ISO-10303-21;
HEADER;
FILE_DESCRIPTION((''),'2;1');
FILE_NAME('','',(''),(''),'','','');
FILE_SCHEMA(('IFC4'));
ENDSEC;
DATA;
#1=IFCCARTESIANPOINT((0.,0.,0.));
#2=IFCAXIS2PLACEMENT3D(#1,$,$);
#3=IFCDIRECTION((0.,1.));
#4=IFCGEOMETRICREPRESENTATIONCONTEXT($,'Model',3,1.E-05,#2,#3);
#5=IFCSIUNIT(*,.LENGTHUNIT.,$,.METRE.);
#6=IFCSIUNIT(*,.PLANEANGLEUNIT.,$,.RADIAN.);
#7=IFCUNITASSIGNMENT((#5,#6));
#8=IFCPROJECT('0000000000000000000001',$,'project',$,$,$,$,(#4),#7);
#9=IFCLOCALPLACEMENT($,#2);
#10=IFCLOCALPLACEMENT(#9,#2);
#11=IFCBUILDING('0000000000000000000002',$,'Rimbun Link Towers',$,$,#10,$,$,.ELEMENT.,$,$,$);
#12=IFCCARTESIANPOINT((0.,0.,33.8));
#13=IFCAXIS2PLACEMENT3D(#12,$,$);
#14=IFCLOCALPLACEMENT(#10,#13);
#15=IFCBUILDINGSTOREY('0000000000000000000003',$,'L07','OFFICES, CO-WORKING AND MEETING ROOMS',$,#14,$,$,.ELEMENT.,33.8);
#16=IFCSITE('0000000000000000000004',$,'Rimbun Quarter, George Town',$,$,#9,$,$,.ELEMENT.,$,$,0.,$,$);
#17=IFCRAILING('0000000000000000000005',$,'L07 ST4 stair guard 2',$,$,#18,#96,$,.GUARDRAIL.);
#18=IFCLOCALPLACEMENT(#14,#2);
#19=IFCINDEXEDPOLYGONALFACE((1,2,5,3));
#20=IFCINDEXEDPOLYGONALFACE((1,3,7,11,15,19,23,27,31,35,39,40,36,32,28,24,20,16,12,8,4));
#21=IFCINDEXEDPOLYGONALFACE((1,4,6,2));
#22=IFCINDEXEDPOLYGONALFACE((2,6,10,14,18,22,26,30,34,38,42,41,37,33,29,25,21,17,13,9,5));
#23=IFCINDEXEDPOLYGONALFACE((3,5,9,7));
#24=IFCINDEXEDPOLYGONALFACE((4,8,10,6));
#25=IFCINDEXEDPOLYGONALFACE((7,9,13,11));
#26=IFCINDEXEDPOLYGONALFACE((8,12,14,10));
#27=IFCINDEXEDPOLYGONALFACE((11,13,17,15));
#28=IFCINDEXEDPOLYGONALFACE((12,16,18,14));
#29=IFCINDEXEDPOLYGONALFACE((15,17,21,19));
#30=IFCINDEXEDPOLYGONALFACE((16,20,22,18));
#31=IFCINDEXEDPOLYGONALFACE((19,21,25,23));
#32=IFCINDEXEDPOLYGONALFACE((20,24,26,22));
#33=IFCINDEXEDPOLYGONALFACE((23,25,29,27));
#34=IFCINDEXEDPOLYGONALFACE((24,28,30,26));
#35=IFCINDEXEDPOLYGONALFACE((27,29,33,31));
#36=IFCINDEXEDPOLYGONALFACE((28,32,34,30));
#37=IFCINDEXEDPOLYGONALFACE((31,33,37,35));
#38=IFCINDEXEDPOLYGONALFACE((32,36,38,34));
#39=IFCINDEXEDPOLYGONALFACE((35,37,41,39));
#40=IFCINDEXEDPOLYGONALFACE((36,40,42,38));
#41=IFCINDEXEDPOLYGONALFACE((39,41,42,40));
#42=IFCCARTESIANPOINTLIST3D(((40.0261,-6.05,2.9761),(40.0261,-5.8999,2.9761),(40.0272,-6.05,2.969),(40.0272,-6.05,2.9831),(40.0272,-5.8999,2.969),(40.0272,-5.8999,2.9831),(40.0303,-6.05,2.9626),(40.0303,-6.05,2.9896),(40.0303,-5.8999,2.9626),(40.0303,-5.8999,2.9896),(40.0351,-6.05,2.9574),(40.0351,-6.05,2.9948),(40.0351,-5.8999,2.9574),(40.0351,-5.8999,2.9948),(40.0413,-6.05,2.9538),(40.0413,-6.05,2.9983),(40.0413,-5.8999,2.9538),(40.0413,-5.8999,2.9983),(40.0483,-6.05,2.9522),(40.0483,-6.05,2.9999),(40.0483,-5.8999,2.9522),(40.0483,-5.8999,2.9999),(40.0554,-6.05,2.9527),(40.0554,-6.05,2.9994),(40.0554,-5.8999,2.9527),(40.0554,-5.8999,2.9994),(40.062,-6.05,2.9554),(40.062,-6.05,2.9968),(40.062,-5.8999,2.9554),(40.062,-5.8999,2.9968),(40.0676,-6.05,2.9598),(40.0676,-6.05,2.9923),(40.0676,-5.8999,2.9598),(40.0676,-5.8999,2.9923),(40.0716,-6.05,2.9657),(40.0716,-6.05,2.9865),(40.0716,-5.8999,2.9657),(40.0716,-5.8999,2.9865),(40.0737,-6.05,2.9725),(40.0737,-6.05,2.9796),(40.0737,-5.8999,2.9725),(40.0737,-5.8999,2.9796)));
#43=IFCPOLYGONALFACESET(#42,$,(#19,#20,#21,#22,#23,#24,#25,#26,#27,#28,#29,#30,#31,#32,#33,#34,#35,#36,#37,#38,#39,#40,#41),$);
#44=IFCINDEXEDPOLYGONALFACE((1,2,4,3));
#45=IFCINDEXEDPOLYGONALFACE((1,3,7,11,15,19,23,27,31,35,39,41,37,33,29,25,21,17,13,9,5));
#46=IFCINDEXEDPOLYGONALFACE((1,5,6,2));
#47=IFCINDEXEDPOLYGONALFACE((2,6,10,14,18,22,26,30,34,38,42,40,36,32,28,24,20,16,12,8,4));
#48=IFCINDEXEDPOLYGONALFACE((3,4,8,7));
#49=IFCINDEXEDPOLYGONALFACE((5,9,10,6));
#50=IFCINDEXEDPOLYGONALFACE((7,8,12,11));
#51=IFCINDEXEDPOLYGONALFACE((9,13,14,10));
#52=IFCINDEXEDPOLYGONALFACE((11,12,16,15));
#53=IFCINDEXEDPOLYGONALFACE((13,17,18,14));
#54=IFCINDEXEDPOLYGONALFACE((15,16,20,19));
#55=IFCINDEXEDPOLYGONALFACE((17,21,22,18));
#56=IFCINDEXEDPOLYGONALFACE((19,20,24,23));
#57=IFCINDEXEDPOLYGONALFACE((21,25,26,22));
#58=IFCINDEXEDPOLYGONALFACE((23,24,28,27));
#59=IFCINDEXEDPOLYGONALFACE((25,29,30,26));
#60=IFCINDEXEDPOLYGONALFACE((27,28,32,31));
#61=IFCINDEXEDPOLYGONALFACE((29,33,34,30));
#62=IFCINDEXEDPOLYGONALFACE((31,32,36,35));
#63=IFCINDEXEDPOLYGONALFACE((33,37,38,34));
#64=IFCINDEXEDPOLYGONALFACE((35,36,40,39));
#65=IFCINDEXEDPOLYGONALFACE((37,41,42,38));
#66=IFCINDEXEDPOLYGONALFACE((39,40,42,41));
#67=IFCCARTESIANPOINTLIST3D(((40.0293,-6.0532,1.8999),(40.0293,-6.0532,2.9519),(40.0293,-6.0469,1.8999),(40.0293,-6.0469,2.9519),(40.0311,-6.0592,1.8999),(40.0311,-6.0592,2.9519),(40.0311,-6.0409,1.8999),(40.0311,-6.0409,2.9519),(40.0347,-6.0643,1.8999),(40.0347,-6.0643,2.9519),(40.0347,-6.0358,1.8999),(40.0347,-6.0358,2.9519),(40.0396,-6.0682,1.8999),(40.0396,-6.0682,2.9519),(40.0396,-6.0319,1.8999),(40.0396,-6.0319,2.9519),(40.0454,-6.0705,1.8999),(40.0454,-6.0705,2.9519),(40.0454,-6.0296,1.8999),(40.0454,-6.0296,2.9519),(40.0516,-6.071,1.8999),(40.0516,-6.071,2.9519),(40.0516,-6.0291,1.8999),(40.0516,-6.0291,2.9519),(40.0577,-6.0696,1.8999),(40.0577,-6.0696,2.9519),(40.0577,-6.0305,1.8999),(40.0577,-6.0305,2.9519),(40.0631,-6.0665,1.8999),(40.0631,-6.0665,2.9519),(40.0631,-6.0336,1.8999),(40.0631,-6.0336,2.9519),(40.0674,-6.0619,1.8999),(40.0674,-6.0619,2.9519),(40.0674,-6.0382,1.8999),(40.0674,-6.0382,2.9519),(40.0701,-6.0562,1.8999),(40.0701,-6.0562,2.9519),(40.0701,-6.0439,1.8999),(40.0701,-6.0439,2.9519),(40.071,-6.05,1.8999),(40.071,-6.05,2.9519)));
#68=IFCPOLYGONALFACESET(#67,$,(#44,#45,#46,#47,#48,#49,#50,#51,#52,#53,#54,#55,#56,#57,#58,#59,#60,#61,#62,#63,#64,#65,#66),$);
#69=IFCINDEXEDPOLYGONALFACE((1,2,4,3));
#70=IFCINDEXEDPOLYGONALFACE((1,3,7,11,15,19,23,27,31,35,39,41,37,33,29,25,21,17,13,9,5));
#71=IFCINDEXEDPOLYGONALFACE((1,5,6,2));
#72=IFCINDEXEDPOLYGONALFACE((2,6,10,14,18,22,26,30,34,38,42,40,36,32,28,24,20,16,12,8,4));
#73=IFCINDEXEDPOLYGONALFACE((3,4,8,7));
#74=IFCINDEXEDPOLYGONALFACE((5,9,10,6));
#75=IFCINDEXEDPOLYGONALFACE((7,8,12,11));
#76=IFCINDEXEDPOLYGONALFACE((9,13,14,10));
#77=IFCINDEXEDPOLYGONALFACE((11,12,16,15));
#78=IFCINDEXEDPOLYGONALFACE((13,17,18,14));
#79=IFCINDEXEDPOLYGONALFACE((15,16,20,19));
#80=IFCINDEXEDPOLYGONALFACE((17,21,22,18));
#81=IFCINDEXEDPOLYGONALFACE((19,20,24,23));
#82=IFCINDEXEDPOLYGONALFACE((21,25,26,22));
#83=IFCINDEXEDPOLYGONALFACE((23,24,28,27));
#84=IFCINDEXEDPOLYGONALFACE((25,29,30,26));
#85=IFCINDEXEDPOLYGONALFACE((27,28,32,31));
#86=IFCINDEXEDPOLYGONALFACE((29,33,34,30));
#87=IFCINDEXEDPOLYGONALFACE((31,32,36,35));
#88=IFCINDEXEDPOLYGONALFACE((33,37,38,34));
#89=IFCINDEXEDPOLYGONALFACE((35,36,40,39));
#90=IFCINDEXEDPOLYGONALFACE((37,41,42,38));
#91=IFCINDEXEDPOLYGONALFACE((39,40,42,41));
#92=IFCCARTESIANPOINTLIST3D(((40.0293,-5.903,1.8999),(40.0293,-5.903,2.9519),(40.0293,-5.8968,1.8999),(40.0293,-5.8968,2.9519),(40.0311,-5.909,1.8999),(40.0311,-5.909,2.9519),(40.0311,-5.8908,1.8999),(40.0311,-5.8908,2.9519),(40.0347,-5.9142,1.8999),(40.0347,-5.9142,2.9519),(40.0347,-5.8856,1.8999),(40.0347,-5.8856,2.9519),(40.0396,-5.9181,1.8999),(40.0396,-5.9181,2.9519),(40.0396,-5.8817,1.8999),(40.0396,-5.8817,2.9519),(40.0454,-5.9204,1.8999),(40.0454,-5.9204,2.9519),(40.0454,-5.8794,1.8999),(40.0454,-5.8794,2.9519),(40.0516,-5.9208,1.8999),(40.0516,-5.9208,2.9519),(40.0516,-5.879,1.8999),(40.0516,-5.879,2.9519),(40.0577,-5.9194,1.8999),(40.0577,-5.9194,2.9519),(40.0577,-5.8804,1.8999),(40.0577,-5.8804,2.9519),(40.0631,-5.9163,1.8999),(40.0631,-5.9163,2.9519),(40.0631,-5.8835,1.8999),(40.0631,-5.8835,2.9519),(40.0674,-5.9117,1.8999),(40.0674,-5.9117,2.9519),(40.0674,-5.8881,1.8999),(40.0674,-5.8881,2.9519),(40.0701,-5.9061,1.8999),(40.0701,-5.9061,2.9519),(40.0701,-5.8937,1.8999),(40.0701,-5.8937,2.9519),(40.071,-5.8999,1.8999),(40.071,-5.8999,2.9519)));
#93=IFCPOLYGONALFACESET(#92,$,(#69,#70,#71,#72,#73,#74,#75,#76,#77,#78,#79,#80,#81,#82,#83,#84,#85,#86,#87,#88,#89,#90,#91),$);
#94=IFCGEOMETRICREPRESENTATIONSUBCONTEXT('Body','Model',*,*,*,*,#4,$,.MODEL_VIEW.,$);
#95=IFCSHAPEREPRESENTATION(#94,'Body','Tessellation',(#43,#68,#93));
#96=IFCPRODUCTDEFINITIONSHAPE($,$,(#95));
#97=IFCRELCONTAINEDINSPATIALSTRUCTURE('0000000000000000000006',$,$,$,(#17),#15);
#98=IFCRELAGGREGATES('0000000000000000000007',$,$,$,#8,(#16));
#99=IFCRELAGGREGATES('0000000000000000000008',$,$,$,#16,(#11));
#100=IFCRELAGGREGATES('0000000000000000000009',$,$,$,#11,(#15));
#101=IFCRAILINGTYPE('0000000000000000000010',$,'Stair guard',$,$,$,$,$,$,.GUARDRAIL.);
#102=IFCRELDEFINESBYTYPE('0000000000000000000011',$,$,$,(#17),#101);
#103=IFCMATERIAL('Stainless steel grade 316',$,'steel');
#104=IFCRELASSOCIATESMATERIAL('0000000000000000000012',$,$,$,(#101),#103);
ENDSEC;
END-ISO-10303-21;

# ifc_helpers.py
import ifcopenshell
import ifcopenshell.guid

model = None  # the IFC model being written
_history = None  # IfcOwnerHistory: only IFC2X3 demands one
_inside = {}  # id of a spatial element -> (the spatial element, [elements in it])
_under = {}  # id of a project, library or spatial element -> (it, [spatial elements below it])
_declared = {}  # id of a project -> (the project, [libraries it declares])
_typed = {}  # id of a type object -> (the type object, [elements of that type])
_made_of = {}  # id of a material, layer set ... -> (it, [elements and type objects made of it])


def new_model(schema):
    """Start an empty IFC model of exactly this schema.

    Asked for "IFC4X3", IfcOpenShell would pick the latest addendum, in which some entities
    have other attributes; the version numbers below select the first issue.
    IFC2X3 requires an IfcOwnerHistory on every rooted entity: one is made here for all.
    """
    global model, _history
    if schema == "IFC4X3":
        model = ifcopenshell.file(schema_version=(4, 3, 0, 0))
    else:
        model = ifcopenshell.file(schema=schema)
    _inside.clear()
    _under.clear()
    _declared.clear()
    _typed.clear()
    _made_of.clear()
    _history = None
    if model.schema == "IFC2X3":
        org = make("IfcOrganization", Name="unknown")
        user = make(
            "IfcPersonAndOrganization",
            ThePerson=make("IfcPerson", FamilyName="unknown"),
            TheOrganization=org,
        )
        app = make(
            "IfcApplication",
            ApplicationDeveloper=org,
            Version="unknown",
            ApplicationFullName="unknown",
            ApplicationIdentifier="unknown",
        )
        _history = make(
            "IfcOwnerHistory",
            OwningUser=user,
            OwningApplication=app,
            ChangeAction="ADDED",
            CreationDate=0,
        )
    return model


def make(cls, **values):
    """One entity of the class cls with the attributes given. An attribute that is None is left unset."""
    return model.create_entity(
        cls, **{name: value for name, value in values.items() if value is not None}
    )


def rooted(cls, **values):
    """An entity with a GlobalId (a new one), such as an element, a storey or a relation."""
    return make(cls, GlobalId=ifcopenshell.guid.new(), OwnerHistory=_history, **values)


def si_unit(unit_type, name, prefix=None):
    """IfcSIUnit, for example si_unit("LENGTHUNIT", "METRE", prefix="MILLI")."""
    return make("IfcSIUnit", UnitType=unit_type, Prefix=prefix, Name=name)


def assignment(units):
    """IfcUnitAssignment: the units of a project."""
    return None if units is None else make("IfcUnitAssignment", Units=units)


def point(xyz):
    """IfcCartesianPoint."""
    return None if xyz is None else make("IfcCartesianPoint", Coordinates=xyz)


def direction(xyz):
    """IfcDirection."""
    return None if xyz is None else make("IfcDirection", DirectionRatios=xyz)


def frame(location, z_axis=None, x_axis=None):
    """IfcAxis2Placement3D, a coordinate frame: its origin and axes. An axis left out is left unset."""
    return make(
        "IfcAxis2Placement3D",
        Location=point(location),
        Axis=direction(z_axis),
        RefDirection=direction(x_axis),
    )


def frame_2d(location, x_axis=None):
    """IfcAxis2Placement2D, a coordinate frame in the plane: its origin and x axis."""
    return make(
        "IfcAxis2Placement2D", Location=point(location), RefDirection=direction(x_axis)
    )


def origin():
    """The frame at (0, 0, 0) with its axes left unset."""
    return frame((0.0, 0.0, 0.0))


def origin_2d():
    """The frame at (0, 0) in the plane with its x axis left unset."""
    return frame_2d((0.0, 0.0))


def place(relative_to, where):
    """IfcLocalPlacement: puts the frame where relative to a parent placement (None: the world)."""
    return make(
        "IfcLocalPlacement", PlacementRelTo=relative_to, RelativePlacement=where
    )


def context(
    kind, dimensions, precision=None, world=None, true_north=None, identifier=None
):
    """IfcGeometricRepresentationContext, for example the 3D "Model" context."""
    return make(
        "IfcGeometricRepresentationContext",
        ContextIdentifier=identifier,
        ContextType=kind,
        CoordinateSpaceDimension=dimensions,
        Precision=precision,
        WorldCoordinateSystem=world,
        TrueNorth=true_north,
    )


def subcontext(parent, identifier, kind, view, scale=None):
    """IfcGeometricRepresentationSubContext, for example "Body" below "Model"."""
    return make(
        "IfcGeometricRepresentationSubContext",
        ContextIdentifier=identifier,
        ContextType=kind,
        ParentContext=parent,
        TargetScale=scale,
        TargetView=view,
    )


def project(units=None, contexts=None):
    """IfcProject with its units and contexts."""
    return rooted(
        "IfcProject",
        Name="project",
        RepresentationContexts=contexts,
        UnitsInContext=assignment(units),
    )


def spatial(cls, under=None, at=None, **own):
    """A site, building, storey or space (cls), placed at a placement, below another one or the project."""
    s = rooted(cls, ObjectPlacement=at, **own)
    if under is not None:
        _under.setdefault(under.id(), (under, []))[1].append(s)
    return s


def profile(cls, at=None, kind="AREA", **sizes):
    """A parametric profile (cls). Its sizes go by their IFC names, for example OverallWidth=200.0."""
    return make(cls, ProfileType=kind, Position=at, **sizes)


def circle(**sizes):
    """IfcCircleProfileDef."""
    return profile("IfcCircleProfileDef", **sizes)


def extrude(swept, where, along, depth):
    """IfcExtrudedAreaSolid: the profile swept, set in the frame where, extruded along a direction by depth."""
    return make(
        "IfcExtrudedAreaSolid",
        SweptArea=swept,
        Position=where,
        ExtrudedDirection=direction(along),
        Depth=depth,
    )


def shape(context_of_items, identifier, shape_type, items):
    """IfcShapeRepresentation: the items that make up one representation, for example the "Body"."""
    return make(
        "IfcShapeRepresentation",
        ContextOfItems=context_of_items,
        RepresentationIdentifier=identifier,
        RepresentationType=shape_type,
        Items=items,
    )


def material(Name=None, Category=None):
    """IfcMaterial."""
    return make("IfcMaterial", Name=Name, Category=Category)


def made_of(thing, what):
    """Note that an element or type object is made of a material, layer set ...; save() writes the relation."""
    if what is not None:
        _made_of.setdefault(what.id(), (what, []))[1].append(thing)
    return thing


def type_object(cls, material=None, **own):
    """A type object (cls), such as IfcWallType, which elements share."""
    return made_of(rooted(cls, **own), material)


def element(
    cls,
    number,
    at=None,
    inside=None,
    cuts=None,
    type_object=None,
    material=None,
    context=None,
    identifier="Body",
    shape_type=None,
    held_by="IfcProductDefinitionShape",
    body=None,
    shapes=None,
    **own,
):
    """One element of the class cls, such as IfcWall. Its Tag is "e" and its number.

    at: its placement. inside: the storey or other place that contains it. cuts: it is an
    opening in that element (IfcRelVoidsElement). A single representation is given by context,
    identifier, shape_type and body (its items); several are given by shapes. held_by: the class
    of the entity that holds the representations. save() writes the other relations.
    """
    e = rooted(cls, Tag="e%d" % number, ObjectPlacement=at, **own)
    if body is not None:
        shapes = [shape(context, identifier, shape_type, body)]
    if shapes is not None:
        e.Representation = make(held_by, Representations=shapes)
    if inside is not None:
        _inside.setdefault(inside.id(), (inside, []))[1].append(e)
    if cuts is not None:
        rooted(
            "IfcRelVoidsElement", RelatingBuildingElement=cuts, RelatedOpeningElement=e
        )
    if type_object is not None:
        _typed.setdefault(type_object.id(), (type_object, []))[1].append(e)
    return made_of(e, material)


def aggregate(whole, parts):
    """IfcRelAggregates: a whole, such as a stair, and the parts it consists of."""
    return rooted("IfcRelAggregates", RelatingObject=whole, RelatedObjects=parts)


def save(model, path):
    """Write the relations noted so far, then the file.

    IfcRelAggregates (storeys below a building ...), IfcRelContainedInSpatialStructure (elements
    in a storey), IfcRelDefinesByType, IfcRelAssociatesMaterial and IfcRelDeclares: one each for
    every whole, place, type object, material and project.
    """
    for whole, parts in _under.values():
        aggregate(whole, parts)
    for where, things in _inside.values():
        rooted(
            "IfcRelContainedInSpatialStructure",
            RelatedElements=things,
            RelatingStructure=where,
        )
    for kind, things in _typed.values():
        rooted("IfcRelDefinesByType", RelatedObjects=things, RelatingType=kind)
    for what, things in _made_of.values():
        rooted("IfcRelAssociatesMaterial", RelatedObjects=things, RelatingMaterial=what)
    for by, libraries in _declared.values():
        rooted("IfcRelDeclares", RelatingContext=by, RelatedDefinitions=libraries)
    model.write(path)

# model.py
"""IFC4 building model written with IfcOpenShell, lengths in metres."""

from ifc_helpers import new_model, si_unit, direction, frame, origin, origin_2d, place, context, subcontext, project, spatial, circle, extrude, material, type_object, element, save


model = new_model("IFC4")

# Units and contexts
model_context = context("Model", 3, precision=1e-05, world=origin(), true_north=direction((0.0, 1.0)))
body_context = subcontext(model_context, "Body", "Model", "MODEL_VIEW")
ifc_project = project(units=[si_unit("LENGTHUNIT", "METRE"), si_unit("PLANEANGLEUNIT", "RADIAN")], contexts=[model_context])

# Site, building, storey
site_placement = place(None, origin())
site = spatial("IfcSite", under=ifc_project, at=site_placement, Name="Rimbun Quarter, George Town", CompositionType="ELEMENT", RefElevation=0.0)
building_placement = place(site_placement, origin())
building = spatial("IfcBuilding", under=site, at=building_placement, Name="Rimbun Link Towers", CompositionType="ELEMENT")
storey_placement = place(building_placement, frame((0.0, 0.0, 33.8)))
storey = spatial("IfcBuildingStorey", under=building, at=storey_placement, Name="L07", Description="OFFICES, CO-WORKING AND MEETING ROOMS", CompositionType="ELEMENT", Elevation=33.8)

# Railing
ifc_material_1 = material(Name="Stainless steel grade 316", Category="steel")
railing_type_1 = type_object("IfcRailingType", Name="Stair guard", PredefinedType="GUARDRAIL", material=ifc_material_1)
railing_1_placement = place(storey_placement, frame((40.05, -6.05, 1.8999)))
element("IfcRailing", 1, at=railing_1_placement, inside=storey, type_object=railing_type_1, Name="L07 ST4 stair guard 2", PredefinedType="GUARDRAIL", context=body_context, shape_type="SweptSolid", body=[
    extrude(circle(Radius=0.0239, at=origin_2d()), frame((0.0, 0.0, 1.0762), z_axis=(0.0, 1.0, 0.0), x_axis=(-1.0, 0.0, 0.0)), (0.0, 0.0, 1.0), 0.1501),
    extrude(circle(Radius=0.021, at=origin_2d()), origin(), (0.0, 0.0, 1.0), 1.052),
    extrude(circle(Radius=0.021, at=origin_2d()), frame((0.0, 0.1501, 0.0)), (0.0, 0.0, 1.0), 1.052),
])

save(model, "model.ifc")
